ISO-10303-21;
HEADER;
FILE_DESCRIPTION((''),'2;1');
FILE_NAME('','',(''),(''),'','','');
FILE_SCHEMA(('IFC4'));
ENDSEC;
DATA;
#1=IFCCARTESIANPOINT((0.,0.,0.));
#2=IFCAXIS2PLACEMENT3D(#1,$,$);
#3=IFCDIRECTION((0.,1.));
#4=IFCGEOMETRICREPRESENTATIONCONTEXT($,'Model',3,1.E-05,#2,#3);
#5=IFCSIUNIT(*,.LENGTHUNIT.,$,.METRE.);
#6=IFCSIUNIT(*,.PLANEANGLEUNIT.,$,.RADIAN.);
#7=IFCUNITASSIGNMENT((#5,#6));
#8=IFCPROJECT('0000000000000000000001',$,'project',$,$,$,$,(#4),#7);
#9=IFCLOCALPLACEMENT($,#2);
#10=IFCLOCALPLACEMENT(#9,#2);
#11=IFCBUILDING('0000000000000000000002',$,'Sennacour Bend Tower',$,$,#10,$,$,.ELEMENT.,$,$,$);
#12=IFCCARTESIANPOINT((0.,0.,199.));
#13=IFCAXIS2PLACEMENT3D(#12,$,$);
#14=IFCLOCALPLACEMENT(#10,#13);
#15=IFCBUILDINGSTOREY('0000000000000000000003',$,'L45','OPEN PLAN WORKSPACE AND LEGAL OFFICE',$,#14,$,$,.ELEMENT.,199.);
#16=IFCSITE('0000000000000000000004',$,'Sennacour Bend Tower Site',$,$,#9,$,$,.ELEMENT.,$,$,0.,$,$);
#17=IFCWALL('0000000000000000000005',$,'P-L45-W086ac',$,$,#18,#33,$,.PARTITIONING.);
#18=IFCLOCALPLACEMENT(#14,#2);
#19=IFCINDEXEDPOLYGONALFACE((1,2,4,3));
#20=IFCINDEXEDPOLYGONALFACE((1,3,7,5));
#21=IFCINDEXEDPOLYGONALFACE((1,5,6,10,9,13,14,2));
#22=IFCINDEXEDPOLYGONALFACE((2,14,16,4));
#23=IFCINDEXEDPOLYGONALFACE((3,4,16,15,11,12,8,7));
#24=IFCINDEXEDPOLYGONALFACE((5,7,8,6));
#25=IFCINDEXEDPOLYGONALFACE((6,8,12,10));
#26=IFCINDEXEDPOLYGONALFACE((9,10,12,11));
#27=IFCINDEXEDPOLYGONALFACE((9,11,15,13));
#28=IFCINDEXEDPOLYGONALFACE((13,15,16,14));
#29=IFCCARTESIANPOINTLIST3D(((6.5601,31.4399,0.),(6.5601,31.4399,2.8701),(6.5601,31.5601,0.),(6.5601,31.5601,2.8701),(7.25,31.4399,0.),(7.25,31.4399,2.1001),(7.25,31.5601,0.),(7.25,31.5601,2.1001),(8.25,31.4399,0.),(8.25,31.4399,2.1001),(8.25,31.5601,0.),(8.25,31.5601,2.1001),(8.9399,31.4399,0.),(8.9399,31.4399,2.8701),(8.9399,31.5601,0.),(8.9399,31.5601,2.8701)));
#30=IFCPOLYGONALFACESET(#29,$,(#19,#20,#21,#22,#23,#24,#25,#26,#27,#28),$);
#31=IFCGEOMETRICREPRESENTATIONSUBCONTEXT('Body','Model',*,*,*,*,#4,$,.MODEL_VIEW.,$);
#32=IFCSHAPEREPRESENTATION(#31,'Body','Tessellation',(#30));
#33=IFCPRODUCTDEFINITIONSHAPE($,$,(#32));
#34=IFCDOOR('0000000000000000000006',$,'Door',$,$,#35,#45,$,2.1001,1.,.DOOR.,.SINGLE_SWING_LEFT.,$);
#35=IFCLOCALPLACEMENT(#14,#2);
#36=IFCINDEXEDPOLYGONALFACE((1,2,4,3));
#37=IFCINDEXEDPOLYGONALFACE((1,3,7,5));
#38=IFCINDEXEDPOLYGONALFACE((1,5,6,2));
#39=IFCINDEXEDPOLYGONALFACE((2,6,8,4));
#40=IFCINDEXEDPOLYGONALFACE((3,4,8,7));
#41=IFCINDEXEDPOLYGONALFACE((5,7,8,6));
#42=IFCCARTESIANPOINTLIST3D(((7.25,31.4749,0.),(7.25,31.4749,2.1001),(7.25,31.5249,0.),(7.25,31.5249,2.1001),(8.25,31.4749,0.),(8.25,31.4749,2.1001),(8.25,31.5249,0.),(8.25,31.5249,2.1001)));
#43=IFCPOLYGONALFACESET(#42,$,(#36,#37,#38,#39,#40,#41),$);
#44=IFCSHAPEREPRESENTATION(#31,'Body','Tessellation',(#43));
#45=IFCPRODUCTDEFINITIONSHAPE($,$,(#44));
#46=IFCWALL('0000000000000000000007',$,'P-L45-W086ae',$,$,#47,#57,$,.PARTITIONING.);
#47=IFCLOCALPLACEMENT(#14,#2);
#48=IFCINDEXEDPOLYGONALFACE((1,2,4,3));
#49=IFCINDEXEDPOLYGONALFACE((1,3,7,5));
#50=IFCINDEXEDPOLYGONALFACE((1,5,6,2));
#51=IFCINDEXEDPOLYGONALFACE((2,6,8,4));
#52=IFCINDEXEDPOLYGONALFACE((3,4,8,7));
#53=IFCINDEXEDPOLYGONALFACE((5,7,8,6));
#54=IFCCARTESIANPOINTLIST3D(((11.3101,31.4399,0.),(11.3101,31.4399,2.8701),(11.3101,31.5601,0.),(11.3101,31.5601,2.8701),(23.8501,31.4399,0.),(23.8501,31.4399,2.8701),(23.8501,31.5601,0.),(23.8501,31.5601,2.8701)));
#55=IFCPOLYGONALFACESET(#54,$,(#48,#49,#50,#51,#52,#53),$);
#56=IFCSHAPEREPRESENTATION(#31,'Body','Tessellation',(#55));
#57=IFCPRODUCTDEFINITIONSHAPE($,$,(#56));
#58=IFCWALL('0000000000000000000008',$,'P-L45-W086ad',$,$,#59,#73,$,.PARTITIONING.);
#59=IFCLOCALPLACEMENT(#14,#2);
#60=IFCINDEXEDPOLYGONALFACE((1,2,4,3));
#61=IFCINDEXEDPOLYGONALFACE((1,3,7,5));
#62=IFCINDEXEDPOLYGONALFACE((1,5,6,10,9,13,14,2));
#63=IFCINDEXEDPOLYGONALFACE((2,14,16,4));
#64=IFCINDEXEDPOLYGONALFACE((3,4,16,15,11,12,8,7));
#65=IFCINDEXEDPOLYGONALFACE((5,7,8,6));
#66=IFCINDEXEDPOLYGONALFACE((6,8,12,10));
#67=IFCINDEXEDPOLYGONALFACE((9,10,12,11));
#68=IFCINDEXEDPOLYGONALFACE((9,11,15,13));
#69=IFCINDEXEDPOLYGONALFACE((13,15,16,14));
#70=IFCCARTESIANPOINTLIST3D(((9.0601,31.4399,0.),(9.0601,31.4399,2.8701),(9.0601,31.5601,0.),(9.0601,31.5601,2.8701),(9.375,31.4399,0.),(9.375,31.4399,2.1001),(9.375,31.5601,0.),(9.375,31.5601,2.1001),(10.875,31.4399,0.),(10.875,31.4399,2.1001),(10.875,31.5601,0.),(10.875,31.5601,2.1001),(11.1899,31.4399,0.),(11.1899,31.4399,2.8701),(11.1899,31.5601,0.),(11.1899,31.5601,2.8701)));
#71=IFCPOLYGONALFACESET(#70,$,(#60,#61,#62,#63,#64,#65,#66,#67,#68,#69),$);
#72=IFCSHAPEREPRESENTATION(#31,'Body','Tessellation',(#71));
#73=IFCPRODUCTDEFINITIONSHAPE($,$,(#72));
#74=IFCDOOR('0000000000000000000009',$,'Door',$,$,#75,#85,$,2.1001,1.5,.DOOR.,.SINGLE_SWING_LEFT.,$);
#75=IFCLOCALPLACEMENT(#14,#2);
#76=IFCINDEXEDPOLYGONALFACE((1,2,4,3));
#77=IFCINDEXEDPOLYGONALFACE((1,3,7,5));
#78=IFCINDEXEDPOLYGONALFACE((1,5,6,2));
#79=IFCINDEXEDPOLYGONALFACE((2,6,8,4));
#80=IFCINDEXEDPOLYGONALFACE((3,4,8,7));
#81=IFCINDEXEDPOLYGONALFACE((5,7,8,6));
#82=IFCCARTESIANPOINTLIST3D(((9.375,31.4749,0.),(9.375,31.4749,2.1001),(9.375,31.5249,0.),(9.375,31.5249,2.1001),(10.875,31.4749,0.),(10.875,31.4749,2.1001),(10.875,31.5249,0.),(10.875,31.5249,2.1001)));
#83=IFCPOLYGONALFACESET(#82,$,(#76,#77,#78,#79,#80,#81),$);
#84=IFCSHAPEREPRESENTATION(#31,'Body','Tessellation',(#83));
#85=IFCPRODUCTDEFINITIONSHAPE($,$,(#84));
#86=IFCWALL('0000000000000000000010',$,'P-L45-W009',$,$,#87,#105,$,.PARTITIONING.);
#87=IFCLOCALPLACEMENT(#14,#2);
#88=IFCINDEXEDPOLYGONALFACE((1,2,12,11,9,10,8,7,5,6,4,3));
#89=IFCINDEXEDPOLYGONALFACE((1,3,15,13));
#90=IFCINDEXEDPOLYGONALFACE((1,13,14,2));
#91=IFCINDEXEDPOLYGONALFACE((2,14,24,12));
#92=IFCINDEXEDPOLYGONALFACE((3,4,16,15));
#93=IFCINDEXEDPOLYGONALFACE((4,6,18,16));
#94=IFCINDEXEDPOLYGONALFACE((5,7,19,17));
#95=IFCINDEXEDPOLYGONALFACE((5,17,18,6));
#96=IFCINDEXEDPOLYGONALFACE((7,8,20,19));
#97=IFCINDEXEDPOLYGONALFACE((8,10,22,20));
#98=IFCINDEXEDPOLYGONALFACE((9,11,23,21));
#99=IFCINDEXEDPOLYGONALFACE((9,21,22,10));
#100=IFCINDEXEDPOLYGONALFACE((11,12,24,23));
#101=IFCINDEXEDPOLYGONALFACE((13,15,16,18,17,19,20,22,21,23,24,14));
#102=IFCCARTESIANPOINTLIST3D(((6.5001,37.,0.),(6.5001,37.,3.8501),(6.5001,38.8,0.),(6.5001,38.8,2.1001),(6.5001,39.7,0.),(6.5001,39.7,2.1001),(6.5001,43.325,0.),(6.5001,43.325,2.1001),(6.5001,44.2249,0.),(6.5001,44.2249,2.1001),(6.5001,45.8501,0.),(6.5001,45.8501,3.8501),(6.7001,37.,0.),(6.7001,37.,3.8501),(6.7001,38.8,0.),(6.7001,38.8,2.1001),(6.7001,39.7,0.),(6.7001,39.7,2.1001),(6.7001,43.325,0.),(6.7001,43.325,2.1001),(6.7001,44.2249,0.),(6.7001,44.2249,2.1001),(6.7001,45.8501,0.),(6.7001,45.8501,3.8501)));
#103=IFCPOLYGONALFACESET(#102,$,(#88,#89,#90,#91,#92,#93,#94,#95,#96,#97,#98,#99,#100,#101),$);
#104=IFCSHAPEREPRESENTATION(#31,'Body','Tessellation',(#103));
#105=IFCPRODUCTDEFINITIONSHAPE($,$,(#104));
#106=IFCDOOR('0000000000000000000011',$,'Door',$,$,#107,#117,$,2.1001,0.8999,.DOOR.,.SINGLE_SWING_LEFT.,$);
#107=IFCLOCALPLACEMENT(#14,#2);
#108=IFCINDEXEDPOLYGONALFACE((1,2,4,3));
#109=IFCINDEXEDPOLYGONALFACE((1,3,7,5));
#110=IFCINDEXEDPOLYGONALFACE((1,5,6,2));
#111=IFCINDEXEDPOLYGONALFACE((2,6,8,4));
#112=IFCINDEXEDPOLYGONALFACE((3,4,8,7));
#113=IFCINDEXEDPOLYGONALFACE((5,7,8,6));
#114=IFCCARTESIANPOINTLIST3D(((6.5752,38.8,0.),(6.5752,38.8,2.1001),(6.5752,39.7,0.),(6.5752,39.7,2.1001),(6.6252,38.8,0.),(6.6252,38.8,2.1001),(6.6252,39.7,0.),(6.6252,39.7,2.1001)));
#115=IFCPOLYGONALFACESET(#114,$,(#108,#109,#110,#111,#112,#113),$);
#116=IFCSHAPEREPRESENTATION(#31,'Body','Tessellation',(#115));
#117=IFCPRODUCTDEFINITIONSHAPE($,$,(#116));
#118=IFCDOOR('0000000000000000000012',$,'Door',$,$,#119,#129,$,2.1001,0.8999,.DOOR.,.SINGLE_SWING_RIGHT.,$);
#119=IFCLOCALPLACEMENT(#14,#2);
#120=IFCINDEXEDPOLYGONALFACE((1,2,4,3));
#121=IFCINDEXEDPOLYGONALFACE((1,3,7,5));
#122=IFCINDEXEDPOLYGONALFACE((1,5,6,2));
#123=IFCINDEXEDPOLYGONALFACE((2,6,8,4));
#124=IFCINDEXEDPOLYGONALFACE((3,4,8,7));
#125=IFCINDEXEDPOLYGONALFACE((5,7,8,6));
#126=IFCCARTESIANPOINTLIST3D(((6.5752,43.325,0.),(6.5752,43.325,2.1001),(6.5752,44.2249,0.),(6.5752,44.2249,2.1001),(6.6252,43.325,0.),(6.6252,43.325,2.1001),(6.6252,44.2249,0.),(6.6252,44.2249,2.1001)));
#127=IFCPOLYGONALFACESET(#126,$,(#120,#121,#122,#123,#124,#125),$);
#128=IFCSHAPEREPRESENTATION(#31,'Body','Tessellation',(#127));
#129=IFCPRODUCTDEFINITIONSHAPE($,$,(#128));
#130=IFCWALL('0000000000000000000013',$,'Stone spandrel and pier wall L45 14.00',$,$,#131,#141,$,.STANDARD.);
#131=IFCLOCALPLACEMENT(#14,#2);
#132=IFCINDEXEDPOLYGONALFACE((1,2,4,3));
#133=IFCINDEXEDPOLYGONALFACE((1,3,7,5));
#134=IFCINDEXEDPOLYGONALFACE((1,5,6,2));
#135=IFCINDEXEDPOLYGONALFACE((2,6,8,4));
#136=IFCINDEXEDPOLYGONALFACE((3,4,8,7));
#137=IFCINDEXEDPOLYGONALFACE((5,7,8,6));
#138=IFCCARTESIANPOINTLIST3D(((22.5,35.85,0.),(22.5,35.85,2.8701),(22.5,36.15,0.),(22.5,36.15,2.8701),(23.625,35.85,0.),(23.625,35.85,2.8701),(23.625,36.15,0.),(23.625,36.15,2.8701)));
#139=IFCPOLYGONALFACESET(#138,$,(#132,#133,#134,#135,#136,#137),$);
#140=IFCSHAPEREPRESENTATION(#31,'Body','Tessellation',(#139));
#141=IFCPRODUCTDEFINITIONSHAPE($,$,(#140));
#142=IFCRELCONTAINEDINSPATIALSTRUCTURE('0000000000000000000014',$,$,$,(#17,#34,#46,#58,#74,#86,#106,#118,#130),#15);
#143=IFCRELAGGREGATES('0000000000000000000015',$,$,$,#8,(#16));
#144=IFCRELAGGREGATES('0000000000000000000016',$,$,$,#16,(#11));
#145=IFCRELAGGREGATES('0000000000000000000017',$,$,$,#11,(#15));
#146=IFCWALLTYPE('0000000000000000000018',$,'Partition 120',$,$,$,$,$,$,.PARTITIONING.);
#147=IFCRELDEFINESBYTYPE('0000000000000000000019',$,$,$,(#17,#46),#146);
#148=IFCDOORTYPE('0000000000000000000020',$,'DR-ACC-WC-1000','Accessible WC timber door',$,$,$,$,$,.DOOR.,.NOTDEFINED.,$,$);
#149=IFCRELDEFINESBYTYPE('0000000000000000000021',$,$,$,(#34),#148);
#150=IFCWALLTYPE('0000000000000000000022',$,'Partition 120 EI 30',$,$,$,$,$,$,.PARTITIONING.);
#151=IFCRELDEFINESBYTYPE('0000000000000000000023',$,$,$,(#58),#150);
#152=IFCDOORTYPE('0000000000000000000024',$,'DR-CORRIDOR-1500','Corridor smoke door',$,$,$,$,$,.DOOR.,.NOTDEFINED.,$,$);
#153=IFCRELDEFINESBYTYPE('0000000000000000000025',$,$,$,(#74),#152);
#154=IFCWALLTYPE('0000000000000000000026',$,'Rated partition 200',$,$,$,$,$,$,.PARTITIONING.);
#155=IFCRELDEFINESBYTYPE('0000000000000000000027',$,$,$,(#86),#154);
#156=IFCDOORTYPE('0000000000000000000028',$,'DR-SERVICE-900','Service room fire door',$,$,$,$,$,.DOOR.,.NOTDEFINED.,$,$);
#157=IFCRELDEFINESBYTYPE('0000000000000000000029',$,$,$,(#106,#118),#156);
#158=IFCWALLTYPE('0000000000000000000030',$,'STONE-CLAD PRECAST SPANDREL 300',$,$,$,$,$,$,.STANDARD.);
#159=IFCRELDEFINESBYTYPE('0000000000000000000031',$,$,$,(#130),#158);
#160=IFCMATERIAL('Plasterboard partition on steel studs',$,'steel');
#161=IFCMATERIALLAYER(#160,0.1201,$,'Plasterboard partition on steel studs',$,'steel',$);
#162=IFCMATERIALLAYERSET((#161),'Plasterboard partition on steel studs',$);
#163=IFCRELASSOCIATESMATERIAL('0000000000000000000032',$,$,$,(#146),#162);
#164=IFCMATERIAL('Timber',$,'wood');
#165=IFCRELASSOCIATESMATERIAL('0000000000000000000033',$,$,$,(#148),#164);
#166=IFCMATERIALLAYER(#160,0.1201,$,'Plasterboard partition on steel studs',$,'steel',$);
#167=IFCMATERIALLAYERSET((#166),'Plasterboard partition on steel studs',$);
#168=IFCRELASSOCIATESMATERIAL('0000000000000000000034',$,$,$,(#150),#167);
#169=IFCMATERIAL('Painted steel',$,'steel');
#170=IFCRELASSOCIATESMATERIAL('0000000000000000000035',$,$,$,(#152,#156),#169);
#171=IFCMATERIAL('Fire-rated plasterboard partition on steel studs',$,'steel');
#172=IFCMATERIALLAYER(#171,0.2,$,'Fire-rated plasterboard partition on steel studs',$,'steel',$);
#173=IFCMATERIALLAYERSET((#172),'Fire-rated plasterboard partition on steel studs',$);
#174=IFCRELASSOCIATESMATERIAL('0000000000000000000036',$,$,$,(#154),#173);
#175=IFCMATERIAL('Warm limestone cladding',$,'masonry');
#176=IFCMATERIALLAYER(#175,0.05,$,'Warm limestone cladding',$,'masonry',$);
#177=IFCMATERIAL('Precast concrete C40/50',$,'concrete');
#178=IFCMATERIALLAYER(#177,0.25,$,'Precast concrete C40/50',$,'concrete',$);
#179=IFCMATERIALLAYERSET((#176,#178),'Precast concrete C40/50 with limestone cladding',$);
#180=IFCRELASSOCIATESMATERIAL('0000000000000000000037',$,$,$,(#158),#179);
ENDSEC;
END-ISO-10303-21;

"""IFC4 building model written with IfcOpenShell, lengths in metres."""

from ifc_helpers import new_model, si_unit, direction, frame, frame_2d, origin, place, context, subcontext, project, spatial, rectangle, extrude, material, layer, layer_set, type_object, element, fill, save


model = new_model("IFC4")

# Units and contexts
model_context = context("Model", 3, precision=1e-05, world=origin(), true_north=direction((0.0, 1.0)))
body_context = subcontext(model_context, "Body", "Model", "MODEL_VIEW")
ifc_project = project(units=[si_unit("LENGTHUNIT", "METRE"), si_unit("PLANEANGLEUNIT", "RADIAN")], contexts=[model_context])

# Site, building, storey
site_placement = place(None, origin())
site = spatial("IfcSite", under=ifc_project, at=site_placement, Name="Sennacour Bend Tower Site", CompositionType="ELEMENT", RefElevation=0.0)
building_placement = place(site_placement, origin())
building = spatial("IfcBuilding", under=site, at=building_placement, Name="Sennacour Bend Tower", CompositionType="ELEMENT")
storey_placement = place(building_placement, frame((0.0, 0.0, 199.0)))
storey = spatial("IfcBuildingStorey", under=building, at=storey_placement, Name="L45", Description="OPEN PLAN WORKSPACE AND LEGAL OFFICE", CompositionType="ELEMENT", Elevation=199.0)

# Shared definitions
ifc_material_1 = material(Name="Plasterboard partition on steel studs", Category="steel")
ifc_layer_1 = layer(ifc_material_1, 0.1201, Name="Plasterboard partition on steel studs", Category="steel")
ifc_layer_set_1 = layer_set([ifc_layer_1], Name="Plasterboard partition on steel studs")
wall_type_1 = type_object("IfcWallType", Name="Partition 120", PredefinedType="PARTITIONING", material=ifc_layer_set_1)

# Wall, opening, door
wall_1_placement = place(storey_placement, frame((6.5601, 31.5, 0.0), z_axis=(0.0, 0.0, 1.0), x_axis=(1.0, 0.0, 0.0)))
wall_1 = element("IfcWall", 1, at=wall_1_placement, inside=storey, type_object=wall_type_1, Name="P-L45-W086ac", PredefinedType="PARTITIONING", context=body_context, shape_type="SweptSolid", body=[
    extrude(rectangle(XDim=2.3799, YDim=0.1201, at=frame_2d((1.1899, 0.0))), origin(), (0.0, 0.0, 1.0), 2.8701),
])
opening_1_placement = place(wall_1_placement, frame((0.6899, 0.0, 0.0)))
opening_1 = element("IfcOpeningElement", 2, at=opening_1_placement, cuts=wall_1, PredefinedType="OPENING", context=body_context, shape_type="SweptSolid", body=[
    extrude(rectangle(XDim=1.0, YDim=2.1001, at=frame_2d((0.5, 1.05))), frame((0.0, 0.0701, 0.0), z_axis=(0.0, -1.0, 0.0), x_axis=(1.0, 0.0, 0.0)), (0.0, 0.0, 1.0), 0.1401),
])
ifc_material_2 = material(Name="Timber", Category="wood")
door_type_1 = type_object("IfcDoorType", Name="DR-ACC-WC-1000", Description="Accessible WC timber door", OperationType="NOTDEFINED", PredefinedType="DOOR", material=ifc_material_2)
door_1_placement = place(opening_1_placement, origin())
door_1 = element("IfcDoor", 3, at=door_1_placement, inside=storey, type_object=door_type_1, Name="Door", OperationType="SINGLE_SWING_LEFT", OverallHeight=2.1001, OverallWidth=1.0, PredefinedType="DOOR", context=body_context, shape_type="SweptSolid", body=[
    extrude(rectangle(XDim=1.0, YDim=2.1001, at=frame_2d((0.5, 1.05))), frame((0.0, 0.0249, 0.0), z_axis=(0.0, -1.0, 0.0), x_axis=(1.0, 0.0, 0.0)), (0.0, 0.0, 1.0), 0.05),
])
fill(opening_1, door_1)

# Wall
wall_2_placement = place(storey_placement, frame((11.3101, 31.5, 0.0), z_axis=(0.0, 0.0, 1.0), x_axis=(1.0, 0.0, 0.0)))
element("IfcWall", 4, at=wall_2_placement, inside=storey, type_object=wall_type_1, Name="P-L45-W086ae", PredefinedType="PARTITIONING", context=body_context, shape_type="SweptSolid", body=[
    extrude(rectangle(XDim=12.54, YDim=0.1201, at=frame_2d((6.27, 0.0))), origin(), (0.0, 0.0, 1.0), 2.8701),
])

# Wall, opening, door
ifc_layer_2 = layer(ifc_material_1, 0.1201, Name="Plasterboard partition on steel studs", Category="steel")
ifc_layer_set_2 = layer_set([ifc_layer_2], Name="Plasterboard partition on steel studs")
wall_type_2 = type_object("IfcWallType", Name="Partition 120 EI 30", PredefinedType="PARTITIONING", material=ifc_layer_set_2)
wall_3_placement = place(storey_placement, frame((9.0601, 31.5, 0.0), z_axis=(0.0, 0.0, 1.0), x_axis=(1.0, 0.0, 0.0)))
wall_3 = element("IfcWall", 5, at=wall_3_placement, inside=storey, type_object=wall_type_2, Name="P-L45-W086ad", PredefinedType="PARTITIONING", context=body_context, shape_type="SweptSolid", body=[
    extrude(rectangle(XDim=2.1299, YDim=0.1201, at=frame_2d((1.0649, 0.0))), origin(), (0.0, 0.0, 1.0), 2.8701),
])
opening_2_placement = place(wall_3_placement, frame((0.3149, 0.0, 0.0)))
opening_2 = element("IfcOpeningElement", 6, at=opening_2_placement, cuts=wall_3, PredefinedType="OPENING", context=body_context, shape_type="SweptSolid", body=[
    extrude(rectangle(XDim=1.5, YDim=2.1001, at=frame_2d((0.75, 1.05))), frame((0.0, 0.0701, 0.0), z_axis=(0.0, -1.0, 0.0), x_axis=(1.0, 0.0, 0.0)), (0.0, 0.0, 1.0), 0.1401),
])
ifc_material_3 = material(Name="Painted steel", Category="steel")
door_type_2 = type_object("IfcDoorType", Name="DR-CORRIDOR-1500", Description="Corridor smoke door", OperationType="NOTDEFINED", PredefinedType="DOOR", material=ifc_material_3)
door_2_placement = place(opening_2_placement, origin())
door_2 = element("IfcDoor", 7, at=door_2_placement, inside=storey, type_object=door_type_2, Name="Door", OperationType="SINGLE_SWING_LEFT", OverallHeight=2.1001, OverallWidth=1.5, PredefinedType="DOOR", context=body_context, shape_type="SweptSolid", body=[
    extrude(rectangle(XDim=1.5, YDim=2.1001, at=frame_2d((0.75, 1.05))), frame((0.0, 0.0249, 0.0), z_axis=(0.0, -1.0, 0.0), x_axis=(1.0, 0.0, 0.0)), (0.0, 0.0, 1.0), 0.05),
])
fill(opening_2, door_2)

# Wall, openings, doors
ifc_material_4 = material(Name="Fire-rated plasterboard partition on steel studs", Category="steel")
ifc_layer_3 = layer(ifc_material_4, 0.2, Name="Fire-rated plasterboard partition on steel studs", Category="steel")
ifc_layer_set_3 = layer_set([ifc_layer_3], Name="Fire-rated plasterboard partition on steel studs")
wall_type_3 = type_object("IfcWallType", Name="Rated partition 200", PredefinedType="PARTITIONING", material=ifc_layer_set_3)
wall_4_placement = place(storey_placement, frame((6.6001, 37.0, 0.0), z_axis=(0.0, 0.0, 1.0), x_axis=(0.0, 1.0, 0.0)))
wall_4 = element("IfcWall", 8, at=wall_4_placement, inside=storey, type_object=wall_type_3, Name="P-L45-W009", PredefinedType="PARTITIONING", context=body_context, shape_type="SweptSolid", body=[
    extrude(rectangle(XDim=8.8501, YDim=0.2, at=frame_2d((4.425, 0.0))), origin(), (0.0, 0.0, 1.0), 3.8501),
])
opening_3_placement = place(wall_4_placement, frame((1.8, 0.0, 0.0)))
opening_3 = element("IfcOpeningElement", 9, at=opening_3_placement, cuts=wall_4, PredefinedType="OPENING", context=body_context, shape_type="SweptSolid", body=[
    extrude(rectangle(XDim=0.8999, YDim=2.1001, at=frame_2d((0.45, 1.05))), frame((0.0, 0.1099, 0.0), z_axis=(0.0, -1.0, 0.0), x_axis=(1.0, 0.0, 0.0)), (0.0, 0.0, 1.0), 0.22),
])
opening_4_placement = place(wall_4_placement, frame((6.325, 0.0, 0.0)))
opening_4 = element("IfcOpeningElement", 10, at=opening_4_placement, cuts=wall_4, PredefinedType="OPENING", context=body_context, shape_type="SweptSolid", body=[
    extrude(rectangle(XDim=0.8999, YDim=2.1001, at=frame_2d((0.45, 1.05))), frame((0.0, 0.1099, 0.0), z_axis=(0.0, -1.0, 0.0), x_axis=(1.0, 0.0, 0.0)), (0.0, 0.0, 1.0), 0.22),
])
door_type_3 = type_object("IfcDoorType", Name="DR-SERVICE-900", Description="Service room fire door", OperationType="NOTDEFINED", PredefinedType="DOOR", material=ifc_material_3)
door_3_placement = place(opening_3_placement, origin())
door_3 = element("IfcDoor", 11, at=door_3_placement, inside=storey, type_object=door_type_3, Name="Door", OperationType="SINGLE_SWING_LEFT", OverallHeight=2.1001, OverallWidth=0.8999, PredefinedType="DOOR", context=body_context, shape_type="SweptSolid", body=[
    extrude(rectangle(XDim=0.8999, YDim=2.1001, at=frame_2d((0.45, 1.05))), frame((0.0, 0.0249, 0.0), z_axis=(0.0, -1.0, 0.0), x_axis=(1.0, 0.0, 0.0)), (0.0, 0.0, 1.0), 0.05),
])
fill(opening_3, door_3)
door_4_placement = place(opening_4_placement, origin())
door_4 = element("IfcDoor", 12, at=door_4_placement, inside=storey, type_object=door_type_3, Name="Door", OperationType="SINGLE_SWING_RIGHT", OverallHeight=2.1001, OverallWidth=0.8999, PredefinedType="DOOR", context=body_context, shape_type="SweptSolid", body=[
    extrude(rectangle(XDim=0.8999, YDim=2.1001, at=frame_2d((0.45, 1.05))), frame((0.0, 0.0249, 0.0), z_axis=(0.0, -1.0, 0.0), x_axis=(1.0, 0.0, 0.0)), (0.0, 0.0, 1.0), 0.05),
])
fill(opening_4, door_4)

# Wall
ifc_material_5 = material(Name="Warm limestone cladding", Category="masonry")
ifc_layer_4 = layer(ifc_material_5, 0.05, Name="Warm limestone cladding", Category="masonry")
ifc_material_6 = material(Name="Precast concrete C40/50", Category="concrete")
ifc_layer_5 = layer(ifc_material_6, 0.25, Name="Precast concrete C40/50", Category="concrete")
ifc_layer_set_4 = layer_set([ifc_layer_4, ifc_layer_5], Name="Precast concrete C40/50 with limestone cladding")
wall_type_4 = type_object("IfcWallType", Name="STONE-CLAD PRECAST SPANDREL 300", PredefinedType="STANDARD", material=ifc_layer_set_4)
wall_5_placement = place(storey_placement, frame((23.625, 36.0, 0.0), z_axis=(0.0, 0.0, 1.0), x_axis=(-1.0, 0.0, 0.0)))
element("IfcWall", 13, at=wall_5_placement, inside=storey, type_object=wall_type_4, Name="Stone spandrel and pier wall L45 14.00", PredefinedType="STANDARD", context=body_context, shape_type="SweptSolid", body=[
    extrude(rectangle(XDim=1.125, YDim=0.3, at=frame_2d((0.5625, 0.0))), origin(), (0.0, 0.0, 1.0), 2.8701),
])

save(model, "model.ifc")
